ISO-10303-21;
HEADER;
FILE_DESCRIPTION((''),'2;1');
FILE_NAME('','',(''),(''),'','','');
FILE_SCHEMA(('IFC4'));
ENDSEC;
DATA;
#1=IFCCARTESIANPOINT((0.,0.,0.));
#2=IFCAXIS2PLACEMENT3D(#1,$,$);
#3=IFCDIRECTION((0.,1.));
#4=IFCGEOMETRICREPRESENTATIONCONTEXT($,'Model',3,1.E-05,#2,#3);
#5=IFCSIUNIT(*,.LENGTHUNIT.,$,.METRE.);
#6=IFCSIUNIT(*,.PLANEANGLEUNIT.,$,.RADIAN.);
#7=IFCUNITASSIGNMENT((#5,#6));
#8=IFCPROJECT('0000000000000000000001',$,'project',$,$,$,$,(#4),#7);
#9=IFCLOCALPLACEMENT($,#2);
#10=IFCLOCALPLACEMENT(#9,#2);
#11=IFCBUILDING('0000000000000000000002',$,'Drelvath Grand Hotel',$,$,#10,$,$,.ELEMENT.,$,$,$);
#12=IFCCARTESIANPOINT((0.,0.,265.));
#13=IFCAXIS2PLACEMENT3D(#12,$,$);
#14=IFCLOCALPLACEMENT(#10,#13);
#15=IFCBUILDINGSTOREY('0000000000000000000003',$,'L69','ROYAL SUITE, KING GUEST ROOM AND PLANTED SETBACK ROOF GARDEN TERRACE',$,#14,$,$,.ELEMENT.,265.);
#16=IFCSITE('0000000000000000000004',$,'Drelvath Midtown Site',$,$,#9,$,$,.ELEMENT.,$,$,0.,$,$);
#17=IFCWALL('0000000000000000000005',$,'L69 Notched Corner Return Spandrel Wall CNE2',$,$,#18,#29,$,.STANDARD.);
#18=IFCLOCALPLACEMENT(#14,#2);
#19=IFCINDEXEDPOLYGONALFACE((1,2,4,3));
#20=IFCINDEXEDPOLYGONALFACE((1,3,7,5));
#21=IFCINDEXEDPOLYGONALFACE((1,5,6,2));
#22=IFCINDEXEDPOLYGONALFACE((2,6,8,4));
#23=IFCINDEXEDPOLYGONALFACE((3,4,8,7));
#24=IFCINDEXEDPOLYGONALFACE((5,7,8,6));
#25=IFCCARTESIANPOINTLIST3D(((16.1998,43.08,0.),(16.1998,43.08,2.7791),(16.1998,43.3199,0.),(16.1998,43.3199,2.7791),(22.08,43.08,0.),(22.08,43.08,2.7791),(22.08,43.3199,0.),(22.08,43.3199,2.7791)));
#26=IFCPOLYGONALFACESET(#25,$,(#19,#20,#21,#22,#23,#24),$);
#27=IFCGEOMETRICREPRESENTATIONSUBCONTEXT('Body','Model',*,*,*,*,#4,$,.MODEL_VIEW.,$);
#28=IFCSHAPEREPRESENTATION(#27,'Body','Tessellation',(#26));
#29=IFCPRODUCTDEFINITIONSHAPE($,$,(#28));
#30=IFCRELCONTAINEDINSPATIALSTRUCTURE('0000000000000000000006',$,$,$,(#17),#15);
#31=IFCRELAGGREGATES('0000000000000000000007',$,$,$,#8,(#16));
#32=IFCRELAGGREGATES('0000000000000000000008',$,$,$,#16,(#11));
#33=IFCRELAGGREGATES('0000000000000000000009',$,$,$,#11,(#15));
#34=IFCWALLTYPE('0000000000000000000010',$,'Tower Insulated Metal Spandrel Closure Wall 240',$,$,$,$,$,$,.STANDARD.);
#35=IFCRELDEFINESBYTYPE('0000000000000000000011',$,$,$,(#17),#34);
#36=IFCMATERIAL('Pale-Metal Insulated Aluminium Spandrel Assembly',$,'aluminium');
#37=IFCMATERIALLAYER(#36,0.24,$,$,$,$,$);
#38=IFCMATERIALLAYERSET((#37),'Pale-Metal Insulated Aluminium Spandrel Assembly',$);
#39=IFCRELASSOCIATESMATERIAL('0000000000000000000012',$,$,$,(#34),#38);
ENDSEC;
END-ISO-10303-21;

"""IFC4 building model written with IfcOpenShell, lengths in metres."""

from ifc_helpers import new_model, si_unit, direction, frame, frame_2d, origin, place, context, subcontext, project, spatial, rectangle, extrude, material, layer, layer_set, type_object, element, save


model = new_model("IFC4")

# Units and contexts
model_context = context("Model", 3, precision=1e-05, world=origin(), true_north=direction((0.0, 1.0)))
body_context = subcontext(model_context, "Body", "Model", "MODEL_VIEW")
ifc_project = project(units=[si_unit("LENGTHUNIT", "METRE"), si_unit("PLANEANGLEUNIT", "RADIAN")], contexts=[model_context])

# Site, building, storey
site_placement = place(None, origin())
site = spatial("IfcSite", under=ifc_project, at=site_placement, Name="Drelvath Midtown Site", CompositionType="ELEMENT", RefElevation=0.0)
building_placement = place(site_placement, origin())
building = spatial("IfcBuilding", under=site, at=building_placement, Name="Drelvath Grand Hotel", CompositionType="ELEMENT")
storey_placement = place(building_placement, frame((0.0, 0.0, 265.0)))
storey = spatial("IfcBuildingStorey", under=building, at=storey_placement, Name="L69", Description="ROYAL SUITE, KING GUEST ROOM AND PLANTED SETBACK ROOF GARDEN TERRACE", CompositionType="ELEMENT", Elevation=265.0)

# Shared definitions
ifc_material_1 = material(Name="Pale-Metal Insulated Aluminium Spandrel Assembly", Category="aluminium")
ifc_layer_1 = layer(ifc_material_1, 0.24)
ifc_layer_set_1 = layer_set([ifc_layer_1], Name="Pale-Metal Insulated Aluminium Spandrel Assembly")
wall_type_1 = type_object("IfcWallType", Name="Tower Insulated Metal Spandrel Closure Wall 240", PredefinedType="STANDARD", material=ifc_layer_set_1)

# Wall
for number, where, z_axis, x_axis, name in (
    (1, (16.2, 43.2, 0.0), (0.0, 0.0, 1.0), (1.0, 0.0, 0.0), "L69 Notched Corner Return Spandrel Wall CNE2"),
):
    element("IfcWall", number, at=place(storey_placement, frame(where, z_axis=z_axis, x_axis=x_axis)), inside=storey, type_object=wall_type_1, Name=name, PredefinedType="STANDARD", context=body_context, shape_type="SweptSolid", body=[
        extrude(rectangle(XDim=5.8801, YDim=0.24, at=frame_2d((2.9399, 0.0))), origin(), (0.0, 0.0, 1.0), 2.7791),
    ])

save(model, "model.ifc")
